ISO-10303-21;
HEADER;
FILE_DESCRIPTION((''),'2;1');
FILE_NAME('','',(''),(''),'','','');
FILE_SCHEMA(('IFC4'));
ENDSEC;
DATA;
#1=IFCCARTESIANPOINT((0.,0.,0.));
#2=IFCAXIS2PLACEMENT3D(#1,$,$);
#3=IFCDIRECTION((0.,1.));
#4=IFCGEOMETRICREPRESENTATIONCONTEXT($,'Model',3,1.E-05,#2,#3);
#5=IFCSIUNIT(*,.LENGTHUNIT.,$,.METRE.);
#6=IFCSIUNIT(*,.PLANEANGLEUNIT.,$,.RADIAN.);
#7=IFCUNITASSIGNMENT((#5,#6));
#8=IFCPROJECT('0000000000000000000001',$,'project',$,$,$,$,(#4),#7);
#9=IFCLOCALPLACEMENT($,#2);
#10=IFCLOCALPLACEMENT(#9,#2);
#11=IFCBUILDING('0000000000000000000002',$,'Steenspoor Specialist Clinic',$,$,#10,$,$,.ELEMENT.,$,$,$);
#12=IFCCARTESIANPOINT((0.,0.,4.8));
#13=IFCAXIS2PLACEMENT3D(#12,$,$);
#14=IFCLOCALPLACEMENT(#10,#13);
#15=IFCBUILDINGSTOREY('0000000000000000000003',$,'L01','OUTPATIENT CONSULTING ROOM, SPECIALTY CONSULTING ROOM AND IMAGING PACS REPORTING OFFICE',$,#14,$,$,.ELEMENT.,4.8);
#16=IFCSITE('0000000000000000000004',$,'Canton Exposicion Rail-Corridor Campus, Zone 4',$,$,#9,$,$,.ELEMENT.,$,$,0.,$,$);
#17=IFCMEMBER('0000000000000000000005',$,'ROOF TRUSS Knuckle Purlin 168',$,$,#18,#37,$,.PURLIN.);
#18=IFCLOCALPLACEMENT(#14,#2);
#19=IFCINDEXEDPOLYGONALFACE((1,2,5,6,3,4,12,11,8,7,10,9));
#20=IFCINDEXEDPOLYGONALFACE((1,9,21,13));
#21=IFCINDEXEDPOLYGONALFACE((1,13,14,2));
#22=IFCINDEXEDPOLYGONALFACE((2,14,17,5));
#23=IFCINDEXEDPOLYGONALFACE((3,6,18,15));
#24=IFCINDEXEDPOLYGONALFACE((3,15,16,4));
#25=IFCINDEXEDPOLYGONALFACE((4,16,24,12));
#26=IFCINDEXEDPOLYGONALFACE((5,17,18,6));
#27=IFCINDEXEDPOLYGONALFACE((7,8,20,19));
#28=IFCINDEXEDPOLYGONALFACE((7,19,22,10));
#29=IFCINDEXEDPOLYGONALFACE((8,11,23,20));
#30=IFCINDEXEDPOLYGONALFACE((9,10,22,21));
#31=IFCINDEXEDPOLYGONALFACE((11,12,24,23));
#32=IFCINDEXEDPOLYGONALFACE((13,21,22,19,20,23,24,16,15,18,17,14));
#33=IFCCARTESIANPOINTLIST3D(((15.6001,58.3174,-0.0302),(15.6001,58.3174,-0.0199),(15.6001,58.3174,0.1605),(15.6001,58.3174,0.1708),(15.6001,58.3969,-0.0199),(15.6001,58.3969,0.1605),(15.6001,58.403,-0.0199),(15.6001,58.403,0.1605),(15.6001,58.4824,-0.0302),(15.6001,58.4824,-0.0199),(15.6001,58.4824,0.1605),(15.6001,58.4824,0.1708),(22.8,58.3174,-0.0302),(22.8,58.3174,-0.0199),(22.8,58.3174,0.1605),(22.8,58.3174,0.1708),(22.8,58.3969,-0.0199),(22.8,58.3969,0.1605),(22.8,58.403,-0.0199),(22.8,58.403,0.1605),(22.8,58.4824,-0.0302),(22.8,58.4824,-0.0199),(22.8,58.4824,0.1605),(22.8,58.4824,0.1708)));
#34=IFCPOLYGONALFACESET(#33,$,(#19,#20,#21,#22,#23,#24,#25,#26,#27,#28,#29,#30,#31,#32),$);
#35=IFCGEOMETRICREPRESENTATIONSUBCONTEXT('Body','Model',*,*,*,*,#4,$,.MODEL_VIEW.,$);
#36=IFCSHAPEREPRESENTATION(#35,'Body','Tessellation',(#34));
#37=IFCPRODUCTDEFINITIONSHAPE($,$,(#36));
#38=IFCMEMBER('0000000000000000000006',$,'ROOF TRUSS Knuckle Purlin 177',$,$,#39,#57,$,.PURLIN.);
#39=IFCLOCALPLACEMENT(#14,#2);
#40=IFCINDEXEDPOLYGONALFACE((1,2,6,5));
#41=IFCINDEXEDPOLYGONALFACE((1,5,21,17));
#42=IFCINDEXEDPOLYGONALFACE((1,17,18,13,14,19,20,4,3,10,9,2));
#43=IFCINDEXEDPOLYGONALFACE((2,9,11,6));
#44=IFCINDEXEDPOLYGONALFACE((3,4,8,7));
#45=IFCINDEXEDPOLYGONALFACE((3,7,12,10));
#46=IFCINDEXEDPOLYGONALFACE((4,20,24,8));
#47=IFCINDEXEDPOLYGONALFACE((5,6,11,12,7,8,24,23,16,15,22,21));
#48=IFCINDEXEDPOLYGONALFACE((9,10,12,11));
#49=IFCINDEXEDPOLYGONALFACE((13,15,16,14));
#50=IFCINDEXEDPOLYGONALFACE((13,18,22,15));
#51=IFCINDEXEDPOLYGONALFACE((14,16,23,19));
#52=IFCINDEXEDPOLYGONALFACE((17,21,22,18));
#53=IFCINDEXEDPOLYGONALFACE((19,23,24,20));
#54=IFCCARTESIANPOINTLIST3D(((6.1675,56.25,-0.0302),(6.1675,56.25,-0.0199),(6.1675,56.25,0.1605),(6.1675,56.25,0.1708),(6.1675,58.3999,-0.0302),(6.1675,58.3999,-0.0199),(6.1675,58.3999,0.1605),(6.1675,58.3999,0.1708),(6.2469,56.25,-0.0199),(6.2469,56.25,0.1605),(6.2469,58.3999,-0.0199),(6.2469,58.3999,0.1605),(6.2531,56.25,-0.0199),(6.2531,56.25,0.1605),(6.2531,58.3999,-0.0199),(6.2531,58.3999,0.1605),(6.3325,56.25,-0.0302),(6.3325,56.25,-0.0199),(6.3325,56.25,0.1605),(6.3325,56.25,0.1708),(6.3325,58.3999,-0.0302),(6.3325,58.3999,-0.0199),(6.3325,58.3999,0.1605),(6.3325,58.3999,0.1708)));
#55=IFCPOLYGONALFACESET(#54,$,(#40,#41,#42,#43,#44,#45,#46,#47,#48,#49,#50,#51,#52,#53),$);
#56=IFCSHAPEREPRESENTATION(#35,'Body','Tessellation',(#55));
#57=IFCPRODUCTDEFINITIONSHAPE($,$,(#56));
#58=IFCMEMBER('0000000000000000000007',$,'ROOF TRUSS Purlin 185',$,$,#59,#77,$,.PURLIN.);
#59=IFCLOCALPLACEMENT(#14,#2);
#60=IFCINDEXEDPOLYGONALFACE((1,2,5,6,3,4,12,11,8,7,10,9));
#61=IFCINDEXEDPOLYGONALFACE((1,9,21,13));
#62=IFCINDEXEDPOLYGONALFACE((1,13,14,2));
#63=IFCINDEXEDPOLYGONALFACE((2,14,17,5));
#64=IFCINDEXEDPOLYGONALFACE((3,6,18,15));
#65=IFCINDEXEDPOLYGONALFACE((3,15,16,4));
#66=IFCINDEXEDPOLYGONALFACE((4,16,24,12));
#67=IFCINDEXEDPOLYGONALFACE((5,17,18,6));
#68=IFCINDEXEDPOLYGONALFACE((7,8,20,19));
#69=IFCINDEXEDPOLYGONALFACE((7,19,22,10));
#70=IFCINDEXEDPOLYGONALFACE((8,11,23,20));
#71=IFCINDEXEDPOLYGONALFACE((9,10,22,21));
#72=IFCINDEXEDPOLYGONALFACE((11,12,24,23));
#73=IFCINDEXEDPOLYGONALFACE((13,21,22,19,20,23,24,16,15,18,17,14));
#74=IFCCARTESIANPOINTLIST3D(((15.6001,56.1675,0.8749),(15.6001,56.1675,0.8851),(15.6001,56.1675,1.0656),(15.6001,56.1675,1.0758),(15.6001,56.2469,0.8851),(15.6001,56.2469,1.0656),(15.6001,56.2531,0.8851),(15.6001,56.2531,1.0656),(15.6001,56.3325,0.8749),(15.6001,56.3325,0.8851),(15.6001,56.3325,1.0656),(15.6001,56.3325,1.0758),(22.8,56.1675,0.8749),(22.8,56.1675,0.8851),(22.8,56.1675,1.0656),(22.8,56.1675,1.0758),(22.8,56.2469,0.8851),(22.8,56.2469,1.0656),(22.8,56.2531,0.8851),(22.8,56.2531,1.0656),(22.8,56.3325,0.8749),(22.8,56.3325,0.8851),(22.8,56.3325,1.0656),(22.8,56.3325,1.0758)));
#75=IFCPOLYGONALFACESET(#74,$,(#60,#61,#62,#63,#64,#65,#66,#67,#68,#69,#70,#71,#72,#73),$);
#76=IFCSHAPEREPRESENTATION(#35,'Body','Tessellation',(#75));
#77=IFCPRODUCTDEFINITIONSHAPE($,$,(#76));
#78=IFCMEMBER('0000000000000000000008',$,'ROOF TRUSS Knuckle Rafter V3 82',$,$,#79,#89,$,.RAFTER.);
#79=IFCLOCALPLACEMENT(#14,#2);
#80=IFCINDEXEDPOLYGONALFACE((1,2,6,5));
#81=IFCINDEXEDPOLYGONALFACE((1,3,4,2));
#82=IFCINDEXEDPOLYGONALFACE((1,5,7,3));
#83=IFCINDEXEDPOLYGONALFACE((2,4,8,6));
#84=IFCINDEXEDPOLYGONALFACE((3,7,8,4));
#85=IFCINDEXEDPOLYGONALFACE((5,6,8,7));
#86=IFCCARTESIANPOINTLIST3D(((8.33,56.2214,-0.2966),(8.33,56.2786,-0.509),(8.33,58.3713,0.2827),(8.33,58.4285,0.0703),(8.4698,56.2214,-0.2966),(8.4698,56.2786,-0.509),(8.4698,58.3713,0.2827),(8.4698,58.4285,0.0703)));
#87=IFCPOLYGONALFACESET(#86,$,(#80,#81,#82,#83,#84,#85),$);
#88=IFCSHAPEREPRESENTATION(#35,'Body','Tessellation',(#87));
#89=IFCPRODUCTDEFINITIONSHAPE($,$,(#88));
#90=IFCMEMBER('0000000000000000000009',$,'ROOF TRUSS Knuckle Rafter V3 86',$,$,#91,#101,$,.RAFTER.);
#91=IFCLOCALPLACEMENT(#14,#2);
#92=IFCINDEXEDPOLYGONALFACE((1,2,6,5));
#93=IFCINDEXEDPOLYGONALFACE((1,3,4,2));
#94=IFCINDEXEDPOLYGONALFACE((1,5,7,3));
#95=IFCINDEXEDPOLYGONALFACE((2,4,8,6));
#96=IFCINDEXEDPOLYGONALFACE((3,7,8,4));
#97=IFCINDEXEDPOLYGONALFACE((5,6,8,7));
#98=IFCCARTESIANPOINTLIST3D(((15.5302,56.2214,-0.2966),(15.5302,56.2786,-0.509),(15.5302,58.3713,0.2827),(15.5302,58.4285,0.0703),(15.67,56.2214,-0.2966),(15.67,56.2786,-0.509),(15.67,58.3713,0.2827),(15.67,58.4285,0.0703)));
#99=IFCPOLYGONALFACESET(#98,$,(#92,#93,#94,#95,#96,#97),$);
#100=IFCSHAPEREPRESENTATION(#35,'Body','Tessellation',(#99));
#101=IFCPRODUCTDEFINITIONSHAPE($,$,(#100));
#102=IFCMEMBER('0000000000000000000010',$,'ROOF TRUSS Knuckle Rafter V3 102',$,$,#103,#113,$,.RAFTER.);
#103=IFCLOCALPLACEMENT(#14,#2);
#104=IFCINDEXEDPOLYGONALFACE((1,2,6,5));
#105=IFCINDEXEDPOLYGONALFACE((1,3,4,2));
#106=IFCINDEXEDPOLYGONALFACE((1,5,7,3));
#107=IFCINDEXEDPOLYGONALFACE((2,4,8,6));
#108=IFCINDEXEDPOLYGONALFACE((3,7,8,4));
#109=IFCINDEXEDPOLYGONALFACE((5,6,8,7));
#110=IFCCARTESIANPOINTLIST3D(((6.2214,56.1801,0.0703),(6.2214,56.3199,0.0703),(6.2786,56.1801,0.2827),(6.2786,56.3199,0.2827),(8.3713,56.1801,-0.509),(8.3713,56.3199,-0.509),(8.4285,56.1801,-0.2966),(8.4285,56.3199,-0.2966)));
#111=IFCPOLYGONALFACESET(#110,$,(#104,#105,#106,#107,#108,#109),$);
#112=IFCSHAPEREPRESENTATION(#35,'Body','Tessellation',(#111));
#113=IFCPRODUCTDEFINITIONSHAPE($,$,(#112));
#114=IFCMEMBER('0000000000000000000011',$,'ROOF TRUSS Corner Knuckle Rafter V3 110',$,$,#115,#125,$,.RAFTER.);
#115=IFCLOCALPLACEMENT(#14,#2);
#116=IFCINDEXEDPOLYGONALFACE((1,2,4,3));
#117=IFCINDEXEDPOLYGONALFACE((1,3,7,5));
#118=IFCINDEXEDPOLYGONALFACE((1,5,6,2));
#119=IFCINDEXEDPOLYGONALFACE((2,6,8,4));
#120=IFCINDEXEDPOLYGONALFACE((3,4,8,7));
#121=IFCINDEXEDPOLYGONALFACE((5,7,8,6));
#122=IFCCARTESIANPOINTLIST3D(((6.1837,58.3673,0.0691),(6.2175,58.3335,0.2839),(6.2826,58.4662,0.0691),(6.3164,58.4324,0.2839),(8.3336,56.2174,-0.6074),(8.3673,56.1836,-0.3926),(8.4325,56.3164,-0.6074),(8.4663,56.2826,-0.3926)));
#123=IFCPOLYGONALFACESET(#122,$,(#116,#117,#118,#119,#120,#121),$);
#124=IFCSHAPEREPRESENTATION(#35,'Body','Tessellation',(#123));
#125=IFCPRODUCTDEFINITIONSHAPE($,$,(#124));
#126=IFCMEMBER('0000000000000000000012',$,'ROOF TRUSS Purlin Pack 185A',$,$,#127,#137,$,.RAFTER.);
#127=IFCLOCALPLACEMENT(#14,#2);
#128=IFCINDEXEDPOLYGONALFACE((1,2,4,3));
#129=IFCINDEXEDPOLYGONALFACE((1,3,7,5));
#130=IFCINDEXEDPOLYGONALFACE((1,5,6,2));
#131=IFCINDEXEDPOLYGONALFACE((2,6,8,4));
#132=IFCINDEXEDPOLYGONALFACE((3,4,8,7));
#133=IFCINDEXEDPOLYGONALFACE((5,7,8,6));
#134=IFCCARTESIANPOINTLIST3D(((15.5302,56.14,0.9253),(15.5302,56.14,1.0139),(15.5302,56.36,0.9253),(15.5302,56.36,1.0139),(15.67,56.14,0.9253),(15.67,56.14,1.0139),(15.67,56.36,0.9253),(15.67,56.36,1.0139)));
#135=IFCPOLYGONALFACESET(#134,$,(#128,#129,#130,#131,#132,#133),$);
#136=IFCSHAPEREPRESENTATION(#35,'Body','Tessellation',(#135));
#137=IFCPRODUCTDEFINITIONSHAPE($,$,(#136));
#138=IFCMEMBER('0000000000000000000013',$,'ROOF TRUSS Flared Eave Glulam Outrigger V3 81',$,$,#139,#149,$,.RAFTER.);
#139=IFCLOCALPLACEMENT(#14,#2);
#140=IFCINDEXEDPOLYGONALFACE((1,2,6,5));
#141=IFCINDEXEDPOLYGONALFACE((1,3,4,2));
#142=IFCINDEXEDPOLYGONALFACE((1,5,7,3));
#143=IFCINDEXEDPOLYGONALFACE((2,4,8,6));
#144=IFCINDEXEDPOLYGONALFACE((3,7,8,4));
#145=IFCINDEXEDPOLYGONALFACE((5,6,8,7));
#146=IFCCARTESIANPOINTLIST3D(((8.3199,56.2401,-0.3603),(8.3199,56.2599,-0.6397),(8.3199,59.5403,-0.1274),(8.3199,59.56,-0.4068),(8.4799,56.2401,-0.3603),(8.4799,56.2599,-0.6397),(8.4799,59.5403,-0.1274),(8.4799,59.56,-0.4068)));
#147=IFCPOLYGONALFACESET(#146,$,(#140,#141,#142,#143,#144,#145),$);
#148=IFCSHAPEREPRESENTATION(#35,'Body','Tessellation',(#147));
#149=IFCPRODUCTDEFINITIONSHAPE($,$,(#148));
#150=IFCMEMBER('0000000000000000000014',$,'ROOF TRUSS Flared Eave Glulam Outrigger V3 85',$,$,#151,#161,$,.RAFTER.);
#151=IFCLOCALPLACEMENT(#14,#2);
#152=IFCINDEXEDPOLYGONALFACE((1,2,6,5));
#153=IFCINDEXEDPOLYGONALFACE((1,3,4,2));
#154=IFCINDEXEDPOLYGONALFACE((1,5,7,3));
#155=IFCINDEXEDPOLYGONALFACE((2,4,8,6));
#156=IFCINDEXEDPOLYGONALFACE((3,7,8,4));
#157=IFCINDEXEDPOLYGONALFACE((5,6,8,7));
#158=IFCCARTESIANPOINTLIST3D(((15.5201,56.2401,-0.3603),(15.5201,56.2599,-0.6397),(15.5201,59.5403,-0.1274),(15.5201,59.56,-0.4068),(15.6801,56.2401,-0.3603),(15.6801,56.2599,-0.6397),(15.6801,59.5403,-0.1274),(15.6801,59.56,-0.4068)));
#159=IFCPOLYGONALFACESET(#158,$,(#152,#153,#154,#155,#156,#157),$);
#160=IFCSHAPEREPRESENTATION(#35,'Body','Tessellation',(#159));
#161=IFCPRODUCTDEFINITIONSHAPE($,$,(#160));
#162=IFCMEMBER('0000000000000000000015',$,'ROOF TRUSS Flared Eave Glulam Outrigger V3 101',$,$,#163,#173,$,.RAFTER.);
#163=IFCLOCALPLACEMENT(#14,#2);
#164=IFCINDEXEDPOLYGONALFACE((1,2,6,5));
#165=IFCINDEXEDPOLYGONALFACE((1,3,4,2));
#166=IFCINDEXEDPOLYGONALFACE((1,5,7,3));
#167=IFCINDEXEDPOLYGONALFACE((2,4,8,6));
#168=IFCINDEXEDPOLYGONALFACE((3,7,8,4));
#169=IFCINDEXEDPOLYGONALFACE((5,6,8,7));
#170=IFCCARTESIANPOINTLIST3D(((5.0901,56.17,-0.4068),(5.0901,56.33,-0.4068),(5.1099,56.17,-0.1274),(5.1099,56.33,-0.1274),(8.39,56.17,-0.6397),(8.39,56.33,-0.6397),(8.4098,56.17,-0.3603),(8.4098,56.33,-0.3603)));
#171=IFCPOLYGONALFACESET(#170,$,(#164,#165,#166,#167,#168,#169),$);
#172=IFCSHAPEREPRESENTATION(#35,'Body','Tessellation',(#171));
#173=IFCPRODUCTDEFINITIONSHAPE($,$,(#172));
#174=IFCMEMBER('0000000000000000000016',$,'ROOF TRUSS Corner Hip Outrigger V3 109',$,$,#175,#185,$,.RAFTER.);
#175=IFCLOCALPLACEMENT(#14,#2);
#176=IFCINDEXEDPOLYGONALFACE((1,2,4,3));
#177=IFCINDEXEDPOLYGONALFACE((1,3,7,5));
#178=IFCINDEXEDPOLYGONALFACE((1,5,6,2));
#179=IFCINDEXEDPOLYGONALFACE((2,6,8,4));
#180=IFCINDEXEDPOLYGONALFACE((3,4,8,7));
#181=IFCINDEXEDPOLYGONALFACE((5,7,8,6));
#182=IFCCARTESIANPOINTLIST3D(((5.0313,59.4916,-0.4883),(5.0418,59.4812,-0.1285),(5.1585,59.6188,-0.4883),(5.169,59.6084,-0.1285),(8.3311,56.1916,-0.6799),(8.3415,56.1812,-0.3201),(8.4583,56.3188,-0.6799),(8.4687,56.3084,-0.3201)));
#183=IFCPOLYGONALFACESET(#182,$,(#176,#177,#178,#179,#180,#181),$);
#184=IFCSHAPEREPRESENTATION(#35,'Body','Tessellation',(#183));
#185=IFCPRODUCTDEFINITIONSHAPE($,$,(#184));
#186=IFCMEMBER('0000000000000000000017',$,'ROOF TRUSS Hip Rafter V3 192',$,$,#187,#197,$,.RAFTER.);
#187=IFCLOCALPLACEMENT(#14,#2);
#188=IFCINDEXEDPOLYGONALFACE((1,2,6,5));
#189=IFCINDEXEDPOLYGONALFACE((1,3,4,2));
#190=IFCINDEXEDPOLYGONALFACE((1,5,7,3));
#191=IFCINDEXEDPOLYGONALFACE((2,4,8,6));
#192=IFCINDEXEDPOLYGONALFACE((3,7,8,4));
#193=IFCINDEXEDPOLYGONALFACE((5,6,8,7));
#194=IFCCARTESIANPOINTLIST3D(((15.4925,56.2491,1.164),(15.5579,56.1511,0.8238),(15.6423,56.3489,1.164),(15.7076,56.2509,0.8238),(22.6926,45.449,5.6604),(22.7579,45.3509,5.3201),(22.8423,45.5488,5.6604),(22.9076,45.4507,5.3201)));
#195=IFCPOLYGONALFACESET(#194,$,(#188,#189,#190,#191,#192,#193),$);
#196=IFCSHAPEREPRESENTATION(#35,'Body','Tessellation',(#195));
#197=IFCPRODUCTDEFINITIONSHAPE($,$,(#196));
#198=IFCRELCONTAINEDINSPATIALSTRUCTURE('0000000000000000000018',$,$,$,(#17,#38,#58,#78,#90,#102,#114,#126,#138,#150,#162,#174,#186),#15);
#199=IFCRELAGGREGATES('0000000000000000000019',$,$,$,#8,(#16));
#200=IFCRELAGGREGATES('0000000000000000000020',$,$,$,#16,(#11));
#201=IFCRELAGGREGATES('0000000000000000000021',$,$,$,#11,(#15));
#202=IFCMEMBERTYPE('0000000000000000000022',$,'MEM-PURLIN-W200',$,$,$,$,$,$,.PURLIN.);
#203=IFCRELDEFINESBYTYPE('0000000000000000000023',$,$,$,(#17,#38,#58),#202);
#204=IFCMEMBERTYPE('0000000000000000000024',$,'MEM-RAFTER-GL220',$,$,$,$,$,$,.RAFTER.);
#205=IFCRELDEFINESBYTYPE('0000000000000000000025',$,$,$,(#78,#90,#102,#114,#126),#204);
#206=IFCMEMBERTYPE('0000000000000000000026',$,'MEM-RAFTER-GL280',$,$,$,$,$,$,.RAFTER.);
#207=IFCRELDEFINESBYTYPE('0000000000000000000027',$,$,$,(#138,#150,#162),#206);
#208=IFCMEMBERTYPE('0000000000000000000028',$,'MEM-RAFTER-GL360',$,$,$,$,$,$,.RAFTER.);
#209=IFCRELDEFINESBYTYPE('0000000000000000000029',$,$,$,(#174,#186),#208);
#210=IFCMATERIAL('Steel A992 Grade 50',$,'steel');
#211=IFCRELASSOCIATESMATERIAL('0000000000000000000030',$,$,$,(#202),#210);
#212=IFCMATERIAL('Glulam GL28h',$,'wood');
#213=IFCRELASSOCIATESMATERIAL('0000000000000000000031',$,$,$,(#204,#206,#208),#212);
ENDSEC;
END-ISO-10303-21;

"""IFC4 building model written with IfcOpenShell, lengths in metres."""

from ifc_helpers import new_model, si_unit, direction, frame, origin, origin_2d, place, context, subcontext, project, spatial, rectangle, i_section, extrude, material, material_profile, profile_set, type_object, element, save


model = new_model("IFC4")

# Units and contexts
model_context = context("Model", 3, precision=1e-05, world=origin(), true_north=direction((0.0, 1.0)))
body_context = subcontext(model_context, "Body", "Model", "MODEL_VIEW")
ifc_project = project(units=[si_unit("LENGTHUNIT", "METRE"), si_unit("PLANEANGLEUNIT", "RADIAN")], contexts=[model_context])

# Site, building, storey
site_placement = place(None, origin())
site = spatial("IfcSite", under=ifc_project, at=site_placement, Name="Canton Exposicion Rail-Corridor Campus, Zone 4", CompositionType="ELEMENT", RefElevation=0.0)
building_placement = place(site_placement, origin())
building = spatial("IfcBuilding", under=site, at=building_placement, Name="Steenspoor Specialist Clinic", CompositionType="ELEMENT")
storey_placement = place(building_placement, frame((0.0, 0.0, 4.8)))
storey = spatial("IfcBuildingStorey", under=building, at=storey_placement, Name="L01", Description="OUTPATIENT CONSULTING ROOM, SPECIALTY CONSULTING ROOM AND IMAGING PACS REPORTING OFFICE", CompositionType="ELEMENT", Elevation=4.8)

# Members
ifc_material_1 = material(Name="Steel A992 Grade 50", Category="steel")
ifc_material_profile_1 = material_profile(ifc_material_1, i_section(OverallWidth=0.165, OverallDepth=0.2009, WebThickness=0.0061, FlangeThickness=0.0103, at=origin_2d()), Name="W200X36")
ifc_profile_set_1 = profile_set([ifc_material_profile_1], Name="Steel A992 Grade 50")
member_type_1 = type_object("IfcMemberType", Name="MEM-PURLIN-W200", PredefinedType="PURLIN", material=ifc_profile_set_1)
member_1_placement = place(storey_placement, frame((15.6001, 58.3999, 0.0703), z_axis=(1.0, 0.0, 0.0), x_axis=(0.0, 1.0, 0.0)))
element("IfcMember", 1, at=member_1_placement, inside=storey, type_object=member_type_1, Name="ROOF TRUSS Knuckle Purlin 168", PredefinedType="PURLIN", context=body_context, shape_type="SweptSolid", body=[
    extrude(i_section(OverallWidth=0.165, OverallDepth=0.2009, WebThickness=0.0061, FlangeThickness=0.0103, at=origin_2d()), origin(), (0.0, 0.0, 1.0), 7.2),
])
member_2_placement = place(storey_placement, frame((6.25, 56.25, 0.0703), z_axis=(0.0, 1.0, 0.0), x_axis=(-1.0, 0.0, 0.0)))
element("IfcMember", 2, at=member_2_placement, inside=storey, type_object=member_type_1, Name="ROOF TRUSS Knuckle Purlin 177", PredefinedType="PURLIN", context=body_context, shape_type="SweptSolid", body=[
    extrude(i_section(OverallWidth=0.165, OverallDepth=0.2009, WebThickness=0.0061, FlangeThickness=0.0103, at=origin_2d()), origin(), (0.0, 0.0, 1.0), 2.1499),
])
member_3_placement = place(storey_placement, frame((15.6001, 56.25, 0.9753), z_axis=(1.0, 0.0, 0.0), x_axis=(0.0, 1.0, 0.0)))
element("IfcMember", 3, at=member_3_placement, inside=storey, type_object=member_type_1, Name="ROOF TRUSS Purlin 185", PredefinedType="PURLIN", context=body_context, shape_type="SweptSolid", body=[
    extrude(i_section(OverallWidth=0.165, OverallDepth=0.2009, WebThickness=0.0061, FlangeThickness=0.0103, at=origin_2d()), origin(), (0.0, 0.0, 1.0), 7.2),
])
ifc_material_2 = material(Name="Glulam GL28h", Category="wood")
ifc_material_profile_2 = material_profile(ifc_material_2, rectangle(XDim=0.1399, YDim=0.22, at=origin_2d()), Name="GL28H-140X220")
ifc_profile_set_2 = profile_set([ifc_material_profile_2], Name="Glulam GL28h")
member_type_2 = type_object("IfcMemberType", Name="MEM-RAFTER-GL220", PredefinedType="RAFTER", material=ifc_profile_set_2)
for number, where, z_axis, x_axis, name in (
    (4, (8.3999, 56.25, -0.4028), (0.0, 0.965556, 0.260194), (-1.0, 0.0, 0.0), "ROOF TRUSS Knuckle Rafter V3 82"),
    (5, (15.6001, 56.25, -0.4028), (0.0, 0.965556, 0.260194), (-1.0, 0.0, 0.0), "ROOF TRUSS Knuckle Rafter V3 86"),
    (6, (8.3999, 56.25, -0.4028), (-0.965556, 0.0, 0.260194), (0.0, -1.0, 0.0), "ROOF TRUSS Knuckle Rafter V3 102"),
):
    element("IfcMember", number, at=place(storey_placement, frame(where, z_axis=z_axis, x_axis=x_axis)), inside=storey, type_object=member_type_2, Name=name, PredefinedType="RAFTER", context=body_context, shape_type="SweptSolid", body=[
        extrude(rectangle(XDim=0.1399, YDim=0.22, at=origin_2d()), origin(), (0.0, 0.0, 1.0), 2.2266),
    ])
member_4_placement = place(storey_placement, frame((8.3999, 56.25, -0.5), z_axis=(-0.690227, 0.690227, 0.217195), x_axis=(-0.707107, -0.707107, 0.0)))
element("IfcMember", 7, at=member_4_placement, inside=storey, type_object=member_type_2, Name="ROOF TRUSS Corner Knuckle Rafter V3 110", PredefinedType="RAFTER", context=body_context, shape_type="SweptSolid", body=[
    extrude(rectangle(XDim=0.1399, YDim=0.22, at=origin_2d()), origin(), (0.0, 0.0, 1.0), 3.1147),
])
member_5_placement = place(storey_placement, frame((15.6001, 56.25, 0.9253), z_axis=(0.0, 0.0, 1.0), x_axis=(1.0, 0.0, 0.0)))
element("IfcMember", 8, at=member_5_placement, inside=storey, type_object=member_type_2, Name="ROOF TRUSS Purlin Pack 185A", PredefinedType="RAFTER", context=body_context, shape_type="SweptSolid", body=[
    extrude(rectangle(XDim=0.1399, YDim=0.22, at=origin_2d()), origin(), (0.0, 0.0, 1.0), 0.0886),
])
ifc_material_profile_3 = material_profile(ifc_material_2, rectangle(XDim=0.1599, YDim=0.28, at=origin_2d()), Name="GL28H-160X280")
ifc_profile_set_3 = profile_set([ifc_material_profile_3], Name="Glulam GL28h")
member_type_3 = type_object("IfcMemberType", Name="MEM-RAFTER-GL280", PredefinedType="RAFTER", material=ifc_profile_set_3)
for number, where, z_axis, x_axis, name in (
    (9, (8.3999, 56.25, -0.5), (0.0, 0.997519, 0.070403), (-1.0, 0.0, 0.0), "ROOF TRUSS Flared Eave Glulam Outrigger V3 81"),
    (10, (15.6001, 56.25, -0.5), (0.0, 0.997519, 0.070403), (-1.0, 0.0, 0.0), "ROOF TRUSS Flared Eave Glulam Outrigger V3 85"),
):
    element("IfcMember", number, at=place(storey_placement, frame(where, z_axis=z_axis, x_axis=x_axis)), inside=storey, type_object=member_type_3, Name=name, PredefinedType="RAFTER", context=body_context, shape_type="SweptSolid", body=[
        extrude(rectangle(XDim=0.1599, YDim=0.28, at=origin_2d()), origin(), (0.0, 0.0, 1.0), 3.3083),
    ])
member_6_placement = place(storey_placement, frame((8.3999, 56.25, -0.5), z_axis=(-0.997518, 0.0, 0.070408), x_axis=(0.0, -1.0, 0.0)))
element("IfcMember", 11, at=member_6_placement, inside=storey, type_object=member_type_3, Name="ROOF TRUSS Flared Eave Glulam Outrigger V3 101", PredefinedType="RAFTER", context=body_context, shape_type="SweptSolid", body=[
    extrude(rectangle(XDim=0.1599, YDim=0.28, at=origin_2d()), origin(), (0.0, 0.0, 1.0), 3.3081),
])
ifc_material_profile_4 = material_profile(ifc_material_2, rectangle(XDim=0.1799, YDim=0.3601, at=origin_2d()), Name="GL28H-180X360")
ifc_profile_set_4 = profile_set([ifc_material_profile_4], Name="Glulam GL28h")
member_type_4 = type_object("IfcMemberType", Name="MEM-RAFTER-GL360", PredefinedType="RAFTER", material=ifc_profile_set_4)
member_7_placement = place(storey_placement, frame((8.3999, 56.25, -0.5), z_axis=(-0.706485, 0.706537, 0.041032), x_axis=(-0.707133, -0.707081, 0.0)))
element("IfcMember", 12, at=member_7_placement, inside=storey, type_object=member_type_4, Name="ROOF TRUSS Corner Hip Outrigger V3 109", PredefinedType="RAFTER", context=body_context, shape_type="SweptSolid", body=[
    extrude(rectangle(XDim=0.1799, YDim=0.3601, at=origin_2d()), origin(), (0.0, 0.0, 1.0), 4.6707),
])
member_8_placement = place(storey_placement, frame((15.6001, 56.25, 0.9939), z_axis=(0.524139, -0.786218, 0.327323), x_axis=(0.832053, 0.554696, 0.0)))
element("IfcMember", 13, at=member_8_placement, inside=storey, type_object=member_type_4, Name="ROOF TRUSS Hip Rafter V3 192", PredefinedType="RAFTER", context=body_context, shape_type="SweptSolid", body=[
    extrude(rectangle(XDim=0.1799, YDim=0.3601, at=origin_2d()), origin(), (0.0, 0.0, 1.0), 13.7368),
])

save(model, "model.ifc")
